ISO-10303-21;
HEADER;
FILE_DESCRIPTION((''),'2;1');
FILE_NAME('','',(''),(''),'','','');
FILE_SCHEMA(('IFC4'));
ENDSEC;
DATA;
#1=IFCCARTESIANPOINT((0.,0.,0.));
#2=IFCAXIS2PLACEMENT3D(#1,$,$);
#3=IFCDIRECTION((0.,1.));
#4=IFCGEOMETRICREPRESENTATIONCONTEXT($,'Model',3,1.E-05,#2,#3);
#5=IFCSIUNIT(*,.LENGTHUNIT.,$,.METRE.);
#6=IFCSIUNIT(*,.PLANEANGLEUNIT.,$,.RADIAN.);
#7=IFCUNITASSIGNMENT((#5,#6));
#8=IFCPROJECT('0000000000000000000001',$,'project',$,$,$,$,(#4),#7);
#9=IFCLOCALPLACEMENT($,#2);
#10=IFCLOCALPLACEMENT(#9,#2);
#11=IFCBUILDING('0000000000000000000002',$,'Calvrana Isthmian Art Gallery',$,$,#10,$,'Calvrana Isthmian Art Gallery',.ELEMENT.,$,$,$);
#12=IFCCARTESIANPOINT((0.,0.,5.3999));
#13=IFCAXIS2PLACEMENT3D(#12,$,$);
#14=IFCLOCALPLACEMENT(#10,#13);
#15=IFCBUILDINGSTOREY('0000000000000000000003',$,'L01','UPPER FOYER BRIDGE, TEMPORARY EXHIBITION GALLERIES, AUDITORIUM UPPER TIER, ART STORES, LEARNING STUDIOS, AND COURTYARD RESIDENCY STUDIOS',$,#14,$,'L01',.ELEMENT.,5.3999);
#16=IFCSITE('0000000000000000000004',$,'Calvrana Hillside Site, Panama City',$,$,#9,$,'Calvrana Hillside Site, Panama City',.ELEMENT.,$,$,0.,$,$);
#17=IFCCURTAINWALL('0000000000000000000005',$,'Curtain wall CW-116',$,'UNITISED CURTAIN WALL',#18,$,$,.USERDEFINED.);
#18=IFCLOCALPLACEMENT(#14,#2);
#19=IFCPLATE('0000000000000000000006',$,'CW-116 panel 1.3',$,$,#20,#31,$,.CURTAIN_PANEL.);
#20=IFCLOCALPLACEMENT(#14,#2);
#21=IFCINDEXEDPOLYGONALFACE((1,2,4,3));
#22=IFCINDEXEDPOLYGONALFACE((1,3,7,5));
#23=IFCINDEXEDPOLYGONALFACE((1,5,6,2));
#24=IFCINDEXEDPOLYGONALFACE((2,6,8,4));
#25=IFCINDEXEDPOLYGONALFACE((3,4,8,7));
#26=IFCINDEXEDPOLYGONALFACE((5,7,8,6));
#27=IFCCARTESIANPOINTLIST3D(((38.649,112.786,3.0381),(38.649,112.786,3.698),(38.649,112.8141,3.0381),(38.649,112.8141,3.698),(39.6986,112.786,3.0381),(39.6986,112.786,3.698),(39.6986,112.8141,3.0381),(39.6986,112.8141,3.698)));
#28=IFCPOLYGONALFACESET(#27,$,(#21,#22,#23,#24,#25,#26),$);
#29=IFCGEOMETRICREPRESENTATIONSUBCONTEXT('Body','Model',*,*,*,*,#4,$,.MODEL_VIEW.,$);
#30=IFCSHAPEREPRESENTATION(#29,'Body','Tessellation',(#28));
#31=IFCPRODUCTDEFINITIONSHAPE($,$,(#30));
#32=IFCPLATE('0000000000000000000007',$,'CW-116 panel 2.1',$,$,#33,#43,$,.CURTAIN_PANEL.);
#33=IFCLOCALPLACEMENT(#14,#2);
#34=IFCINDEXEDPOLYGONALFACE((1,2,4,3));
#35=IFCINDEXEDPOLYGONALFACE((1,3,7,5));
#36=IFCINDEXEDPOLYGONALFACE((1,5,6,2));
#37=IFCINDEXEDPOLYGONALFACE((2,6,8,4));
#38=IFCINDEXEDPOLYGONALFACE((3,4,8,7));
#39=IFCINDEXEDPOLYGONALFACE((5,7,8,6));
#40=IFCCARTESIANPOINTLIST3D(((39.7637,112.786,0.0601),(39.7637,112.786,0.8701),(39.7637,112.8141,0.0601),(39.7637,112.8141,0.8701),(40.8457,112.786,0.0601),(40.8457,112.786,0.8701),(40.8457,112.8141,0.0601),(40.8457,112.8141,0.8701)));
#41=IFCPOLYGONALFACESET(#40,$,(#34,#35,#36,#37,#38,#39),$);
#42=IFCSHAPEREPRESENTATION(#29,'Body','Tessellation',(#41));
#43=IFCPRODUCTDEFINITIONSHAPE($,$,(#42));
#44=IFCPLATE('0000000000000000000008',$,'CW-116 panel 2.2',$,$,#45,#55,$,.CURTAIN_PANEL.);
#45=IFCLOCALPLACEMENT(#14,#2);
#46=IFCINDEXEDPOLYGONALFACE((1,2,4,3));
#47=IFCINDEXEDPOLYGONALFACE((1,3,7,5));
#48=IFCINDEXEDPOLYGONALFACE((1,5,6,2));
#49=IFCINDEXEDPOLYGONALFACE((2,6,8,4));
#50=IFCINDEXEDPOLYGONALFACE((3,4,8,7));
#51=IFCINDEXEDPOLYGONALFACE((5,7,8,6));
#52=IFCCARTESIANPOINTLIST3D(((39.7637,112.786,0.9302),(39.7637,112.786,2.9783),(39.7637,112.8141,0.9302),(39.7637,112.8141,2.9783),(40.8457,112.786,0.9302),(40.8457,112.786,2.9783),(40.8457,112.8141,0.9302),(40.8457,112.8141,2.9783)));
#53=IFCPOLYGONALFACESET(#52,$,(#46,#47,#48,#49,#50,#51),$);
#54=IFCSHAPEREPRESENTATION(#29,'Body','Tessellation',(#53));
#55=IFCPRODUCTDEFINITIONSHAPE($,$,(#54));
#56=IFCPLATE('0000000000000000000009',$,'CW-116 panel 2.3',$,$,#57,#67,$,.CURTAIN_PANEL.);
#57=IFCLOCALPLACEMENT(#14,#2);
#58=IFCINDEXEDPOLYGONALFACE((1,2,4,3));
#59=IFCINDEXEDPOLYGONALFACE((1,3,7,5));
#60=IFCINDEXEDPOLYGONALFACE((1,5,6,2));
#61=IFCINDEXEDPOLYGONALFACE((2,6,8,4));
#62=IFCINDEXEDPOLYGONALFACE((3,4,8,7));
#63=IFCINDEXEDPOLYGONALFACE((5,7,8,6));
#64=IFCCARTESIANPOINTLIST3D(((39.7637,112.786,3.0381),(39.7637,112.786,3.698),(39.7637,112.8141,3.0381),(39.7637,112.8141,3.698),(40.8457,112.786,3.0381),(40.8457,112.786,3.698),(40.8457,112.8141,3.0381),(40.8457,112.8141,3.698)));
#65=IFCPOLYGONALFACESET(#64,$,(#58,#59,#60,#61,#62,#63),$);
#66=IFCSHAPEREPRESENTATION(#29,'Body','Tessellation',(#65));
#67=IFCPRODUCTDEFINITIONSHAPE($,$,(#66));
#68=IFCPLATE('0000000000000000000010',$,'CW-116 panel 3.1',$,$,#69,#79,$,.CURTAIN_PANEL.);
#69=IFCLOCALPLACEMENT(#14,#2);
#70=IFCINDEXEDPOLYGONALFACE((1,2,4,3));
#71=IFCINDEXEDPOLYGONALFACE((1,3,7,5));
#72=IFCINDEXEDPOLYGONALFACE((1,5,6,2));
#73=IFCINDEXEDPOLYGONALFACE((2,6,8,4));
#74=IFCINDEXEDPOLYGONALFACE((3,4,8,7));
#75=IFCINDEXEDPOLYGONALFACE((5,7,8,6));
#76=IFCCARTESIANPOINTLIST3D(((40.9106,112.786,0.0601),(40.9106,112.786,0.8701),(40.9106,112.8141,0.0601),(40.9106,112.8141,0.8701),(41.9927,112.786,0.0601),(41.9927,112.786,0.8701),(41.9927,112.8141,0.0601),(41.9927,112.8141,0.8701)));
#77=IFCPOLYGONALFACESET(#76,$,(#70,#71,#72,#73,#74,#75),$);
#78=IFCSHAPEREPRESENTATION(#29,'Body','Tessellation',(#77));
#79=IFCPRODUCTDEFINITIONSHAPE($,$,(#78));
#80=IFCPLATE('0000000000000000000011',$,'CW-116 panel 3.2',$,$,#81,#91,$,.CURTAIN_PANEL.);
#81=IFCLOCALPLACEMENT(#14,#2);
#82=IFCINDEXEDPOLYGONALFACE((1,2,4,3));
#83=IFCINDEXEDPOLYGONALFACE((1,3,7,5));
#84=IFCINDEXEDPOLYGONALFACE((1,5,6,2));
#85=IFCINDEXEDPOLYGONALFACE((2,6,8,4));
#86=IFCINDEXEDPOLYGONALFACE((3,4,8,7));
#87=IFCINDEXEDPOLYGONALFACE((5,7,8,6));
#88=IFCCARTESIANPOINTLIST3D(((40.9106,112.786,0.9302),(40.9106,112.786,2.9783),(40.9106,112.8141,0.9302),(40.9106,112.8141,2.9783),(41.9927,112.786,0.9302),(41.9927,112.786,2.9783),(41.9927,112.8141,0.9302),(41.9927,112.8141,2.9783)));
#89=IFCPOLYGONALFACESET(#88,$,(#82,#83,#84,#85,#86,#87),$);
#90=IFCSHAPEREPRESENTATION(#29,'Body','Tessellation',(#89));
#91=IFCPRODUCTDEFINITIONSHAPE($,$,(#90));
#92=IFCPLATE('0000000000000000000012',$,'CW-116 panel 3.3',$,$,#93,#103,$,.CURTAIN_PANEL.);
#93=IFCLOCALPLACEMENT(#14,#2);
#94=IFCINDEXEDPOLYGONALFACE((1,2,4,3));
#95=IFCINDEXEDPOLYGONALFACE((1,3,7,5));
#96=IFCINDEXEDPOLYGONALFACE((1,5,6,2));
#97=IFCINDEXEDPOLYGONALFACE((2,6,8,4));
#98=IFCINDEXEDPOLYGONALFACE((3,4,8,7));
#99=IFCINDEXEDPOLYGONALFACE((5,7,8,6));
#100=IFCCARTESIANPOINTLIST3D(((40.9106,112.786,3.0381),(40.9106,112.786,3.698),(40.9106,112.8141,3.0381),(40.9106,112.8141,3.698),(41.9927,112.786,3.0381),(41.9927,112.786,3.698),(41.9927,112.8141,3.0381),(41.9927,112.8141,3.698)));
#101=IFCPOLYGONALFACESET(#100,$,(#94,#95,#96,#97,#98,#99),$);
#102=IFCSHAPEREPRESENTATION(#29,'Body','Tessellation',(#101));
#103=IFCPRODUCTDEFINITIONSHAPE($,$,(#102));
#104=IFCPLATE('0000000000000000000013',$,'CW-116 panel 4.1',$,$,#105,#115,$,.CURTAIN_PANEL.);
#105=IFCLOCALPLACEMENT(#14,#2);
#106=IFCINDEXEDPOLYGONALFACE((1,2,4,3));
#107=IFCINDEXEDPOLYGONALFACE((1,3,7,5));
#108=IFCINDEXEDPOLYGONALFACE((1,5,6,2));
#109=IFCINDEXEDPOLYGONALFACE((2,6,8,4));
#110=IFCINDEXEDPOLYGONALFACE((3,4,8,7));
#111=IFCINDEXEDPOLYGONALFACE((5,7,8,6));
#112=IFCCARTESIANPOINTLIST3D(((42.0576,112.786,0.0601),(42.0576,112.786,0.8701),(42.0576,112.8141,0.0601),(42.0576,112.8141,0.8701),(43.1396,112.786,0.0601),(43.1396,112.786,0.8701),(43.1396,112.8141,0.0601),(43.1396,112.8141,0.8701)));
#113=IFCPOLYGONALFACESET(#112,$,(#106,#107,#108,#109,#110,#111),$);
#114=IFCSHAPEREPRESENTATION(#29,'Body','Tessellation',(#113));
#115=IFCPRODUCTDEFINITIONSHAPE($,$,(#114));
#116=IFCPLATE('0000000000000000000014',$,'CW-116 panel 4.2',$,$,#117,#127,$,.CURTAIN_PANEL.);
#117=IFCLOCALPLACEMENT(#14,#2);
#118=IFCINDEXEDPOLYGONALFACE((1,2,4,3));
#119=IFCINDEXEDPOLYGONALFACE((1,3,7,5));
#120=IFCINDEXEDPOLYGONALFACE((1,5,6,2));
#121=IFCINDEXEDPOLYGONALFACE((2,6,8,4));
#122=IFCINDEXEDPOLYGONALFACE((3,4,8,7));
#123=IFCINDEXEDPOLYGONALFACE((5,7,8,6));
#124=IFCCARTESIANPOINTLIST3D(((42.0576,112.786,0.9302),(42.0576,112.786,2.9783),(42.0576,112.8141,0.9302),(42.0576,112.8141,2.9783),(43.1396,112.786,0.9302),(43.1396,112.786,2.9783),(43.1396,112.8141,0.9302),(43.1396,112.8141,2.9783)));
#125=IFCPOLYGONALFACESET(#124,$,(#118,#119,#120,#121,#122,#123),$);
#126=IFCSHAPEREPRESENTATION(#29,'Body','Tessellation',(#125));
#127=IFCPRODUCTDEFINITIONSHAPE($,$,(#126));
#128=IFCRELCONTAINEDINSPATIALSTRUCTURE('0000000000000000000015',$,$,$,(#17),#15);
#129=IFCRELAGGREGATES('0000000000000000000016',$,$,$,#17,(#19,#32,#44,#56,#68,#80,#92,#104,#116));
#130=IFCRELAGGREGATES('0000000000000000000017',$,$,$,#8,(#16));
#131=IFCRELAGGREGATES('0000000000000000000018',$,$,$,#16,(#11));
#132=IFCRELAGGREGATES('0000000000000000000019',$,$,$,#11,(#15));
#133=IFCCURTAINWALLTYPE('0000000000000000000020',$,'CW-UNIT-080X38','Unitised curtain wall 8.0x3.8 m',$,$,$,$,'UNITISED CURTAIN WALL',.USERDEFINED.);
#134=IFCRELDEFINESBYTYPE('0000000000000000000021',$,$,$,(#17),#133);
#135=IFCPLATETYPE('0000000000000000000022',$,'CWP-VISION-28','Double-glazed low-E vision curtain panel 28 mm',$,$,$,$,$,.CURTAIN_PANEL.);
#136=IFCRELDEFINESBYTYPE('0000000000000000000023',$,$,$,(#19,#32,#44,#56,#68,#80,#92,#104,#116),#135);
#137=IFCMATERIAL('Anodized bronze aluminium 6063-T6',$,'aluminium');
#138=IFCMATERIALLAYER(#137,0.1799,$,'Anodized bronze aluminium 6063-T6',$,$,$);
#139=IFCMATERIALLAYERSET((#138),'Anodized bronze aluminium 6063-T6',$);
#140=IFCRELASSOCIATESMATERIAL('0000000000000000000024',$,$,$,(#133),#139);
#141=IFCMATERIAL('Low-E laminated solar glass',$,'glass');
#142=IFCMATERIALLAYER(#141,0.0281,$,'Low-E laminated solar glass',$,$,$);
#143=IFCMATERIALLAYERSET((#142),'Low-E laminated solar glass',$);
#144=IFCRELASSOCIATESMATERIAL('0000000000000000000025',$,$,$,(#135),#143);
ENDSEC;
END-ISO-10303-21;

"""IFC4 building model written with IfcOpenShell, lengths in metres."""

from ifc_helpers import new_model, si_unit, direction, frame, origin, origin_2d, place, context, subcontext, project, spatial, rectangle, extrude, material, layer, layer_set, type_object, element, aggregate, save


model = new_model("IFC4")

# Units and contexts
model_context = context("Model", 3, precision=1e-05, world=origin(), true_north=direction((0.0, 1.0)))
body_context = subcontext(model_context, "Body", "Model", "MODEL_VIEW")
ifc_project = project(units=[si_unit("LENGTHUNIT", "METRE"), si_unit("PLANEANGLEUNIT", "RADIAN")], contexts=[model_context])

# Site, building, storey
site_placement = place(None, origin())
site = spatial("IfcSite", under=ifc_project, at=site_placement, Name="Calvrana Hillside Site, Panama City", LongName="Calvrana Hillside Site, Panama City", CompositionType="ELEMENT", RefElevation=0.0)
building_placement = place(site_placement, origin())
building = spatial("IfcBuilding", under=site, at=building_placement, Name="Calvrana Isthmian Art Gallery", LongName="Calvrana Isthmian Art Gallery", CompositionType="ELEMENT")
storey_placement = place(building_placement, frame((0.0, 0.0, 5.3999)))
storey = spatial("IfcBuildingStorey", under=building, at=storey_placement, Name="L01", Description="UPPER FOYER BRIDGE, TEMPORARY EXHIBITION GALLERIES, AUDITORIUM UPPER TIER, ART STORES, LEARNING STUDIOS, AND COURTYARD RESIDENCY STUDIOS", LongName="L01", CompositionType="ELEMENT", Elevation=5.3999)

# Curtain wall, plates
ifc_material_1 = material(Name="Anodized bronze aluminium 6063-T6", Category="aluminium")
ifc_layer_1 = layer(ifc_material_1, 0.1799, Name="Anodized bronze aluminium 6063-T6")
ifc_layer_set_1 = layer_set([ifc_layer_1], Name="Anodized bronze aluminium 6063-T6")
curtain_wall_type = type_object("IfcCurtainWallType", Name="CW-UNIT-080X38", Description="Unitised curtain wall 8.0x3.8 m", ElementType="UNITISED CURTAIN WALL", PredefinedType="USERDEFINED", material=ifc_layer_set_1)
curtain_wall_placement = place(storey_placement, origin())
curtain_wall = element("IfcCurtainWall", 1, at=curtain_wall_placement, inside=storey, type_object=curtain_wall_type, Name="Curtain wall CW-116", ObjectType="UNITISED CURTAIN WALL", PredefinedType="USERDEFINED")
ifc_material_2 = material(Name="Low-E laminated solar glass", Category="glass")
ifc_layer_2 = layer(ifc_material_2, 0.0281, Name="Low-E laminated solar glass")
ifc_layer_set_2 = layer_set([ifc_layer_2], Name="Low-E laminated solar glass")
plate_type = type_object("IfcPlateType", Name="CWP-VISION-28", Description="Double-glazed low-E vision curtain panel 28 mm", PredefinedType="CURTAIN_PANEL", material=ifc_layer_set_2)
plate_1_placement = place(storey_placement, frame((39.1738, 112.8, 3.0381), z_axis=(0.0, 0.0, 1.0), x_axis=(1.0, 0.0, 0.0)))
plate_1 = element("IfcPlate", 2, at=plate_1_placement, type_object=plate_type, Name="CW-116 panel 1.3", PredefinedType="CURTAIN_PANEL", context=body_context, shape_type="SweptSolid", body=[
    extrude(rectangle(XDim=1.0496, YDim=0.0281, at=origin_2d()), origin(), (0.0, 0.0, 1.0), 0.6599),
])
plate_2_placement = place(storey_placement, frame((40.3047, 112.8, 0.0601), z_axis=(0.0, 0.0, 1.0), x_axis=(1.0, 0.0, 0.0)))
plate_2 = element("IfcPlate", 3, at=plate_2_placement, type_object=plate_type, Name="CW-116 panel 2.1", PredefinedType="CURTAIN_PANEL", context=body_context, shape_type="SweptSolid", body=[
    extrude(rectangle(XDim=1.082, YDim=0.0281, at=origin_2d()), origin(), (0.0, 0.0, 1.0), 0.8101),
])
plate_3_placement = place(storey_placement, frame((40.3047, 112.8, 0.9302), z_axis=(0.0, 0.0, 1.0), x_axis=(1.0, 0.0, 0.0)))
plate_3 = element("IfcPlate", 4, at=plate_3_placement, type_object=plate_type, Name="CW-116 panel 2.2", PredefinedType="CURTAIN_PANEL", context=body_context, shape_type="SweptSolid", body=[
    extrude(rectangle(XDim=1.082, YDim=0.0281, at=origin_2d()), origin(), (0.0, 0.0, 1.0), 2.0481),
])
plate_4_placement = place(storey_placement, frame((40.3047, 112.8, 3.0381), z_axis=(0.0, 0.0, 1.0), x_axis=(1.0, 0.0, 0.0)))
plate_4 = element("IfcPlate", 5, at=plate_4_placement, type_object=plate_type, Name="CW-116 panel 2.3", PredefinedType="CURTAIN_PANEL", context=body_context, shape_type="SweptSolid", body=[
    extrude(rectangle(XDim=1.082, YDim=0.0281, at=origin_2d()), origin(), (0.0, 0.0, 1.0), 0.6599),
])
plate_5_placement = place(storey_placement, frame((41.4517, 112.8, 0.0601), z_axis=(0.0, 0.0, 1.0), x_axis=(1.0, 0.0, 0.0)))
plate_5 = element("IfcPlate", 6, at=plate_5_placement, type_object=plate_type, Name="CW-116 panel 3.1", PredefinedType="CURTAIN_PANEL", context=body_context, shape_type="SweptSolid", body=[
    extrude(rectangle(XDim=1.082, YDim=0.0281, at=origin_2d()), origin(), (0.0, 0.0, 1.0), 0.8101),
])
plate_6_placement = place(storey_placement, frame((41.4517, 112.8, 0.9302), z_axis=(0.0, 0.0, 1.0), x_axis=(1.0, 0.0, 0.0)))
plate_6 = element("IfcPlate", 7, at=plate_6_placement, type_object=plate_type, Name="CW-116 panel 3.2", PredefinedType="CURTAIN_PANEL", context=body_context, shape_type="SweptSolid", body=[
    extrude(rectangle(XDim=1.082, YDim=0.0281, at=origin_2d()), origin(), (0.0, 0.0, 1.0), 2.0481),
])
plate_7_placement = place(storey_placement, frame((41.4517, 112.8, 3.0381), z_axis=(0.0, 0.0, 1.0), x_axis=(1.0, 0.0, 0.0)))
plate_7 = element("IfcPlate", 8, at=plate_7_placement, type_object=plate_type, Name="CW-116 panel 3.3", PredefinedType="CURTAIN_PANEL", context=body_context, shape_type="SweptSolid", body=[
    extrude(rectangle(XDim=1.082, YDim=0.0281, at=origin_2d()), origin(), (0.0, 0.0, 1.0), 0.6599),
])
plate_8_placement = place(storey_placement, frame((42.5986, 112.8, 0.0601), z_axis=(0.0, 0.0, 1.0), x_axis=(1.0, 0.0, 0.0)))
plate_8 = element("IfcPlate", 9, at=plate_8_placement, type_object=plate_type, Name="CW-116 panel 4.1", PredefinedType="CURTAIN_PANEL", context=body_context, shape_type="SweptSolid", body=[
    extrude(rectangle(XDim=1.082, YDim=0.0281, at=origin_2d()), origin(), (0.0, 0.0, 1.0), 0.8101),
])
plate_9_placement = place(storey_placement, frame((42.5986, 112.8, 0.9302), z_axis=(0.0, 0.0, 1.0), x_axis=(1.0, 0.0, 0.0)))
plate_9 = element("IfcPlate", 10, at=plate_9_placement, type_object=plate_type, Name="CW-116 panel 4.2", PredefinedType="CURTAIN_PANEL", context=body_context, shape_type="SweptSolid", body=[
    extrude(rectangle(XDim=1.082, YDim=0.0281, at=origin_2d()), origin(), (0.0, 0.0, 1.0), 2.0481),
])
aggregate(curtain_wall, [plate_1, plate_2, plate_3, plate_4, plate_5, plate_6, plate_7, plate_8, plate_9])

save(model, "model.ifc")
